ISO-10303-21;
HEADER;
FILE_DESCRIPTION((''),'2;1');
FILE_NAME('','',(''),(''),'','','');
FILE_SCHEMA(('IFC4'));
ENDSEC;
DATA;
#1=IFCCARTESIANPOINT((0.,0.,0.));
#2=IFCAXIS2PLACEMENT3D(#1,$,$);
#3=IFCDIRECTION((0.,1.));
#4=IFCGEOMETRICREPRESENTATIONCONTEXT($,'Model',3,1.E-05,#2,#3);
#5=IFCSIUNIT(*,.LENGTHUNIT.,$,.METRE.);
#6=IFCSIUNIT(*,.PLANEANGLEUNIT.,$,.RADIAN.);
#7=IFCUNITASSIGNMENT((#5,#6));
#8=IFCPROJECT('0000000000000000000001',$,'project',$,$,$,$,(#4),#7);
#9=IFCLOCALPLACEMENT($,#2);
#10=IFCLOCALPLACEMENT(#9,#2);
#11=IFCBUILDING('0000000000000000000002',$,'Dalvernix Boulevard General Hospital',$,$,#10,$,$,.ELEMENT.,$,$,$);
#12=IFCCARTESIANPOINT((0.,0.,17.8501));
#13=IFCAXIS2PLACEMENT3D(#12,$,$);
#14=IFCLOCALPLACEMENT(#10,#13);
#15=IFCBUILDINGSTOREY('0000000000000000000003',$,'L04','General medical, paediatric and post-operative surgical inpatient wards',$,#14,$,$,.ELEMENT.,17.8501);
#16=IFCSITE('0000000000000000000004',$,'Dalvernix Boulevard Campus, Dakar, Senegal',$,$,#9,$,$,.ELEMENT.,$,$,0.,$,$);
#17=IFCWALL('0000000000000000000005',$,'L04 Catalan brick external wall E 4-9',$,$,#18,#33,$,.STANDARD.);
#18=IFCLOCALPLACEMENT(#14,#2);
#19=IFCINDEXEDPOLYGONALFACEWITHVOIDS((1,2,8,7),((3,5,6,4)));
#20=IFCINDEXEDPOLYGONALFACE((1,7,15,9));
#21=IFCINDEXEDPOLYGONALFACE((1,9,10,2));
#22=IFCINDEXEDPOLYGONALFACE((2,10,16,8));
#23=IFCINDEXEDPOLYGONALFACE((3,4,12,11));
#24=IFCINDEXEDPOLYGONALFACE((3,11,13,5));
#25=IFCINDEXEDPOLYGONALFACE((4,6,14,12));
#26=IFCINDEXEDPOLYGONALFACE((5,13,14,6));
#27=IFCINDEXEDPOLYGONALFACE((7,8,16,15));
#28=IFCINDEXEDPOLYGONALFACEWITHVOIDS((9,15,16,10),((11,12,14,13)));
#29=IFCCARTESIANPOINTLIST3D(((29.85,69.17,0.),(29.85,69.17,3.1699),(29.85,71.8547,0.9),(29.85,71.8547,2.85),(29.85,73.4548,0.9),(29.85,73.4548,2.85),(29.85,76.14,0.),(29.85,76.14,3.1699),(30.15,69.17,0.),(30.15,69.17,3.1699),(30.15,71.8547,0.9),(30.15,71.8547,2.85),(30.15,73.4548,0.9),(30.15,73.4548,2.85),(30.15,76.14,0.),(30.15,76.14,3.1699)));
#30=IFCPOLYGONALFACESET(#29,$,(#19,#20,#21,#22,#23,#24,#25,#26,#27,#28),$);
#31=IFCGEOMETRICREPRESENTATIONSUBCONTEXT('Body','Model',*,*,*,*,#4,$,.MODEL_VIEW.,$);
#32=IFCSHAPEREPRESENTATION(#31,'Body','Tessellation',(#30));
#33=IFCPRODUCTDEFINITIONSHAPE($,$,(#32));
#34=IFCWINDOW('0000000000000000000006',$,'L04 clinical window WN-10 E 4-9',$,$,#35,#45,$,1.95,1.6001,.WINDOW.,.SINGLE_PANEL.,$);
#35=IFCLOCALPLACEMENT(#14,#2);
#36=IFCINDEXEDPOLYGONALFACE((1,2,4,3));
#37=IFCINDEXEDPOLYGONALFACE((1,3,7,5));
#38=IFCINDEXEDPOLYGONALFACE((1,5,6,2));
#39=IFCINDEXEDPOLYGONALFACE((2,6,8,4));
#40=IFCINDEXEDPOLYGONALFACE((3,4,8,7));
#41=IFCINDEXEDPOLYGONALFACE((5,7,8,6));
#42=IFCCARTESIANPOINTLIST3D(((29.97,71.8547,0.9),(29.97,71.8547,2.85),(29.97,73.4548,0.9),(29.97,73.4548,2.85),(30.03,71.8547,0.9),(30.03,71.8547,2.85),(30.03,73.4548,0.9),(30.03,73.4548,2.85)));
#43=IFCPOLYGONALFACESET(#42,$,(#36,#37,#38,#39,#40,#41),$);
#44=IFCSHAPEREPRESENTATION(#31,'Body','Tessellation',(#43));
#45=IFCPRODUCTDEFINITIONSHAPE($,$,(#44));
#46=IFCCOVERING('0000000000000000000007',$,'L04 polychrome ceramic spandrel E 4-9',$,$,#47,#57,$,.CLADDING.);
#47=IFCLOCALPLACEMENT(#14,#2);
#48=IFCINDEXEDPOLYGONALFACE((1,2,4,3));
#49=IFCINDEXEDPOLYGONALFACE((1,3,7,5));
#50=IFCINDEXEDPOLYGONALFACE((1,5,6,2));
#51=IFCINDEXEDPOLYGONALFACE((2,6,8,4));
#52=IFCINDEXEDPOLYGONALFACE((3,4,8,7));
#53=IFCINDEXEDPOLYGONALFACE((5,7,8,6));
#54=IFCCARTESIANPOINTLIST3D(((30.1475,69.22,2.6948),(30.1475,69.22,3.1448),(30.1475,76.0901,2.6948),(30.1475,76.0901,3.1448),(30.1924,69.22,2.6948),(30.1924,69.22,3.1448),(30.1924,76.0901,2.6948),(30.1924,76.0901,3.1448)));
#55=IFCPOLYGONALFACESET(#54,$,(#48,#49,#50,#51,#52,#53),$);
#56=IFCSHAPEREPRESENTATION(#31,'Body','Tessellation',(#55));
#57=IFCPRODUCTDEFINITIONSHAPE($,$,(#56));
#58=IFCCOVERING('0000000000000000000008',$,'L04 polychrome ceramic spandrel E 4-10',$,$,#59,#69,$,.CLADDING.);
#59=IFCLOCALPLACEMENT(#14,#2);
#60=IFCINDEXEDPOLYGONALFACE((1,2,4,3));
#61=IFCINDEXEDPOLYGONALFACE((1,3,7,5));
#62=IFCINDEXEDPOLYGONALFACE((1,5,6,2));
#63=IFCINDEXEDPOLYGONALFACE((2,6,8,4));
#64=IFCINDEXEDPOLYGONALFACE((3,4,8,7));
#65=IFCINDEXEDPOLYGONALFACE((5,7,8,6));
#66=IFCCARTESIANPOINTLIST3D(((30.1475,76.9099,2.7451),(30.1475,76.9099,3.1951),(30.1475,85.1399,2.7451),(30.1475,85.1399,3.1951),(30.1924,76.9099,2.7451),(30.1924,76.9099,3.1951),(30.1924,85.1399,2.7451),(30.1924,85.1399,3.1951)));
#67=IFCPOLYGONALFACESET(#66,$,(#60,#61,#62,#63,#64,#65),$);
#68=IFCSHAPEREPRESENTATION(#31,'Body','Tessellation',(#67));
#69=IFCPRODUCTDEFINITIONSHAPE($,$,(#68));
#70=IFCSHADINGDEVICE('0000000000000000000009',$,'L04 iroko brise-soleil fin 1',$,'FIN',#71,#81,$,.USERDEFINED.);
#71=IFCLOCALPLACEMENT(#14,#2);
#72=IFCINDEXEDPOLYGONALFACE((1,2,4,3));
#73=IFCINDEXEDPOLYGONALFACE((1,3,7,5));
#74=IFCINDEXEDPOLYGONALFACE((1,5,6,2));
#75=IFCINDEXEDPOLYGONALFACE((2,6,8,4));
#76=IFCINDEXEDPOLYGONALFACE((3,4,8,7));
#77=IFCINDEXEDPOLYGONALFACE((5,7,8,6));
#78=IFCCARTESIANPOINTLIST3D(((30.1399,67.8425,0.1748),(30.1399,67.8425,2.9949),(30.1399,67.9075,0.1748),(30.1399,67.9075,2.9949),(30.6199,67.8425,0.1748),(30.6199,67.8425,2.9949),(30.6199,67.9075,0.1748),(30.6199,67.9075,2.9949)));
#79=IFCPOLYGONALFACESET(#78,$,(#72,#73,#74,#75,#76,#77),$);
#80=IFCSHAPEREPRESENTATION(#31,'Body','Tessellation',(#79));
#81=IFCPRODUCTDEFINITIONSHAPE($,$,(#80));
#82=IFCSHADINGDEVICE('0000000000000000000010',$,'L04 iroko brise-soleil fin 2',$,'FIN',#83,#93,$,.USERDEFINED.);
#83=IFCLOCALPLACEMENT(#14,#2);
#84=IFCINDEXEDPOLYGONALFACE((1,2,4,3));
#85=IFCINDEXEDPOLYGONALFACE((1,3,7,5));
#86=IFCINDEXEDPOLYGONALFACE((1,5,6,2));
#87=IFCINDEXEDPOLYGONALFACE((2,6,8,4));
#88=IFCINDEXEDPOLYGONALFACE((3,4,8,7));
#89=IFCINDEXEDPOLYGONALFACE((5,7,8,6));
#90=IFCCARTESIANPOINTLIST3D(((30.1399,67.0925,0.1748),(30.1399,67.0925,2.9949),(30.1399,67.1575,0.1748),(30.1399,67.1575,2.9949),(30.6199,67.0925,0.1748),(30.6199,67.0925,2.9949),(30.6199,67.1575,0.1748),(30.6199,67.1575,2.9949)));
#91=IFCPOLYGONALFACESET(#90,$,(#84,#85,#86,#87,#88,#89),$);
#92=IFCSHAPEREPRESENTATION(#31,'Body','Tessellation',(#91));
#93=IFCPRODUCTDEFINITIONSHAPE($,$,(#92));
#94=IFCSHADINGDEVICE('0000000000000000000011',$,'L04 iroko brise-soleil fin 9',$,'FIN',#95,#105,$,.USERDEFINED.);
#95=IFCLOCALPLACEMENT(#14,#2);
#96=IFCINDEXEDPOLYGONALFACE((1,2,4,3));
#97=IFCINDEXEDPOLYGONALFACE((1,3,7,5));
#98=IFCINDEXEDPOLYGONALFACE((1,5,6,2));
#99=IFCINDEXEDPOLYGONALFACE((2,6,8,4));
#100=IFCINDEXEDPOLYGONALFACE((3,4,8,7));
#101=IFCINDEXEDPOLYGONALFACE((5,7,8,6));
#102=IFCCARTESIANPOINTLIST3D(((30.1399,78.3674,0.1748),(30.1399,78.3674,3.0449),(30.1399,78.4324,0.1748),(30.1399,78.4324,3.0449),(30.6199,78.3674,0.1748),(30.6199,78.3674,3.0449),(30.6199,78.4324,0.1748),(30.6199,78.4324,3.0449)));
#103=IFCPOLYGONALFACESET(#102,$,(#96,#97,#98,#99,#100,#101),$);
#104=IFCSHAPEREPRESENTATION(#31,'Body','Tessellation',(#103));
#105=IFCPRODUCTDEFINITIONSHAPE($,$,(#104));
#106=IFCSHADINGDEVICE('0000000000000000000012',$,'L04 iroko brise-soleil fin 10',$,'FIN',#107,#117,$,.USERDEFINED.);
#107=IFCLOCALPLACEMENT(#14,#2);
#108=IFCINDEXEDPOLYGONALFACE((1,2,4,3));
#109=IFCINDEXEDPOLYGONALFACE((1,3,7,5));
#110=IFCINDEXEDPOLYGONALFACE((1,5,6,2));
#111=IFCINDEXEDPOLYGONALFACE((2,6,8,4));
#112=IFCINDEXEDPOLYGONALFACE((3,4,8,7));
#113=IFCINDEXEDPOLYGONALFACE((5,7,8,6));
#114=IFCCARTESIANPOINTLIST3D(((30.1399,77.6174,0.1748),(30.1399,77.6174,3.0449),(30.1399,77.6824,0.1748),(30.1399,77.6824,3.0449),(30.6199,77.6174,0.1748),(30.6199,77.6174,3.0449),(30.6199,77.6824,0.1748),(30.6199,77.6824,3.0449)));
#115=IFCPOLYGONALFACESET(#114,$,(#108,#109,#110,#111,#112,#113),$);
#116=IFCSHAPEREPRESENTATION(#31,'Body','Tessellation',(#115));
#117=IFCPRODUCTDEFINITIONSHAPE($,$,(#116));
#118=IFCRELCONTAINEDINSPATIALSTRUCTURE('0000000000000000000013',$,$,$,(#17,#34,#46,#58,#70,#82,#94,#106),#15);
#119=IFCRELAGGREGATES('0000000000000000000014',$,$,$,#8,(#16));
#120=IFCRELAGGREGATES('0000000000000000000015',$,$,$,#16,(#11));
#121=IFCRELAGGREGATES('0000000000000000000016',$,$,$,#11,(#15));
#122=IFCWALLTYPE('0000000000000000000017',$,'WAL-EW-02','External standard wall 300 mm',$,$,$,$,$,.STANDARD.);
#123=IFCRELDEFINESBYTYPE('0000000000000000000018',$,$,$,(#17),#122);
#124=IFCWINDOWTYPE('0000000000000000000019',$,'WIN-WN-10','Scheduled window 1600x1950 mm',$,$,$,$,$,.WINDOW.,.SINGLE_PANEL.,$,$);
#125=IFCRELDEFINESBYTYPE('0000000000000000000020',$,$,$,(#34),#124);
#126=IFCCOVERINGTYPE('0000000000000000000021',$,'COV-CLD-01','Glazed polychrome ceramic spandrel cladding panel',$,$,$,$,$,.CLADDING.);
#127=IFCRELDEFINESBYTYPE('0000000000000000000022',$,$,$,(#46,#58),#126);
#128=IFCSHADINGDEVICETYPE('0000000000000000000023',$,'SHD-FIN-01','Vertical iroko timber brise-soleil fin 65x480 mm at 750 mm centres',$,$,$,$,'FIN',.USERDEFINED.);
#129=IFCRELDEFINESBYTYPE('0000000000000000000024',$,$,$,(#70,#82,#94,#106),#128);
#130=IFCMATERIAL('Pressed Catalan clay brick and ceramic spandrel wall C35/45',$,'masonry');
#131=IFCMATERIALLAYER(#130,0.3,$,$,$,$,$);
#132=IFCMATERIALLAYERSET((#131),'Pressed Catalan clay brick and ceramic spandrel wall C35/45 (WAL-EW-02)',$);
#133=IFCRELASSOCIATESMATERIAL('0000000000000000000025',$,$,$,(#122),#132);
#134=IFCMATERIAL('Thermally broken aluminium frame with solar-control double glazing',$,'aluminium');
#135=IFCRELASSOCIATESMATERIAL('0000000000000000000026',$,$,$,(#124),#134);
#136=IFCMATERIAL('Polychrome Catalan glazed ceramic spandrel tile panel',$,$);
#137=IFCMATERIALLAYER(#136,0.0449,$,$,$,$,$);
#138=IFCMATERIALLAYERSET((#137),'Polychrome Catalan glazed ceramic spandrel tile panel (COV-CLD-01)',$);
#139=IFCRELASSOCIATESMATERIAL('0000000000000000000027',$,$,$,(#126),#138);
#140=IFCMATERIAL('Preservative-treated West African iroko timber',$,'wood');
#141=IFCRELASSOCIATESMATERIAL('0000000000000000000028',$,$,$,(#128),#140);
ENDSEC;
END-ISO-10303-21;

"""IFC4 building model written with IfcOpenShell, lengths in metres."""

from ifc_helpers import new_model, si_unit, direction, frame, frame_2d, origin, origin_2d, place, context, subcontext, project, spatial, rectangle, extrude, material, layer, layer_set, type_object, element, fill, save


model = new_model("IFC4")

# Units and contexts
model_context = context("Model", 3, precision=1e-05, world=origin(), true_north=direction((0.0, 1.0)))
body_context = subcontext(model_context, "Body", "Model", "MODEL_VIEW")
ifc_project = project(units=[si_unit("LENGTHUNIT", "METRE"), si_unit("PLANEANGLEUNIT", "RADIAN")], contexts=[model_context])

# Site, building, storey
site_placement = place(None, origin())
site = spatial("IfcSite", under=ifc_project, at=site_placement, Name="Dalvernix Boulevard Campus, Dakar, Senegal", CompositionType="ELEMENT", RefElevation=0.0)
building_placement = place(site_placement, origin())
building = spatial("IfcBuilding", under=site, at=building_placement, Name="Dalvernix Boulevard General Hospital", CompositionType="ELEMENT")
storey_placement = place(building_placement, frame((0.0, 0.0, 17.8501)))
storey = spatial("IfcBuildingStorey", under=building, at=storey_placement, Name="L04", Description="General medical, paediatric and post-operative surgical inpatient wards", CompositionType="ELEMENT", Elevation=17.8501)

# Wall, opening, window
ifc_material_1 = material(Name="Pressed Catalan clay brick and ceramic spandrel wall C35/45", Category="masonry")
ifc_layer_1 = layer(ifc_material_1, 0.3)
ifc_layer_set_1 = layer_set([ifc_layer_1], Name="Pressed Catalan clay brick and ceramic spandrel wall C35/45 (WAL-EW-02)")
wall_type = type_object("IfcWallType", Name="WAL-EW-02", Description="External standard wall 300 mm", PredefinedType="STANDARD", material=ifc_layer_set_1)
ifc_material_2 = material(Name="Thermally broken aluminium frame with solar-control double glazing", Category="aluminium")
wall_1_placement = place(storey_placement, frame((30.0, 76.1399, 0.0), z_axis=(0.0, 0.0, 1.0), x_axis=(0.0, -1.0, 0.0)))
wall_1 = element("IfcWall", 1, at=wall_1_placement, inside=storey, type_object=wall_type, Name="L04 Catalan brick external wall E 4-9", PredefinedType="STANDARD", context=body_context, shape_type="SweptSolid", body=[
    extrude(rectangle(XDim=6.97, YDim=0.3, at=frame_2d((3.4849, 0.0))), origin(), (0.0, 0.0, 1.0), 3.1699),
])
opening_1_placement = place(wall_1_placement, frame((2.6851, 0.0, 0.8999)))
opening_1 = element("IfcOpeningElement", 2, at=opening_1_placement, cuts=wall_1, PredefinedType="OPENING", context=body_context, shape_type="SweptSolid", body=[
    extrude(rectangle(XDim=1.6001, YDim=1.95, at=frame_2d((0.8, 0.9751))), frame((0.0, 0.1599, 0.0), z_axis=(0.0, -1.0, 0.0), x_axis=(1.0, 0.0, 0.0)), (0.0, 0.0, 1.0), 0.3201),
])
window_type_1 = type_object("IfcWindowType", Name="WIN-WN-10", Description="Scheduled window 1600x1950 mm", PartitioningType="SINGLE_PANEL", PredefinedType="WINDOW", material=ifc_material_2)
window_1_placement = place(opening_1_placement, origin())
window_1 = element("IfcWindow", 3, at=window_1_placement, inside=storey, type_object=window_type_1, Name="L04 clinical window WN-10 E 4-9", OverallHeight=1.95, OverallWidth=1.6001, PartitioningType="SINGLE_PANEL", PredefinedType="WINDOW", context=body_context, shape_type="SweptSolid", body=[
    extrude(rectangle(XDim=1.6001, YDim=1.95, at=frame_2d((0.8, 0.9751))), frame((0.0, 0.03, 0.0), z_axis=(0.0, -1.0, 0.0), x_axis=(1.0, 0.0, 0.0)), (0.0, 0.0, 1.0), 0.0601),
])
fill(opening_1, window_1)

# Coverings
ifc_material_3 = material(Name="Polychrome Catalan glazed ceramic spandrel tile panel")
ifc_layer_2 = layer(ifc_material_3, 0.0449)
ifc_layer_set_2 = layer_set([ifc_layer_2], Name="Polychrome Catalan glazed ceramic spandrel tile panel (COV-CLD-01)")
covering_type = type_object("IfcCoveringType", Name="COV-CLD-01", Description="Glazed polychrome ceramic spandrel cladding panel", PredefinedType="CLADDING", material=ifc_layer_set_2)
covering_1_placement = place(storey_placement, frame((30.1699, 72.655, 2.6948), z_axis=(0.0, 0.0, 1.0), x_axis=(0.0, -1.0, 0.0)))
element("IfcCovering", 4, at=covering_1_placement, inside=storey, type_object=covering_type, Name="L04 polychrome ceramic spandrel E 4-9", PredefinedType="CLADDING", context=body_context, shape_type="SweptSolid", body=[
    extrude(rectangle(XDim=6.8701, YDim=0.0449, at=origin_2d()), origin(), (0.0, 0.0, 1.0), 0.45),
])
covering_2_placement = place(storey_placement, frame((30.1699, 81.0249, 2.7451), z_axis=(0.0, 0.0, 1.0), x_axis=(0.0, -1.0, 0.0)))
element("IfcCovering", 5, at=covering_2_placement, inside=storey, type_object=covering_type, Name="L04 polychrome ceramic spandrel E 4-10", PredefinedType="CLADDING", context=body_context, shape_type="SweptSolid", body=[
    extrude(rectangle(XDim=8.23, YDim=0.0449, at=origin_2d()), origin(), (0.0, 0.0, 1.0), 0.45),
])

# Shading devices
ifc_material_4 = material(Name="Preservative-treated West African iroko timber", Category="wood")
shading_device_type = type_object("IfcShadingDeviceType", Name="SHD-FIN-01", Description="Vertical iroko timber brise-soleil fin 65x480 mm at 750 mm centres", ElementType="FIN", PredefinedType="USERDEFINED", material=ifc_material_4)
for number, where, z_axis, x_axis, name in (
    (6, (30.3799, 67.875, 0.1748), (0.0, 0.0, 1.0), (0.0, -1.0, 0.0), "L04 iroko brise-soleil fin 1"),
    (7, (30.3799, 67.125, 0.1748), (0.0, 0.0, 1.0), (0.0, -1.0, 0.0), "L04 iroko brise-soleil fin 2"),
):
    element("IfcShadingDevice", number, at=place(storey_placement, frame(where, z_axis=z_axis, x_axis=x_axis)), inside=storey, type_object=shading_device_type, Name=name, ObjectType="FIN", PredefinedType="USERDEFINED", context=body_context, shape_type="SweptSolid", body=[
        extrude(rectangle(XDim=0.0649, YDim=0.48, at=origin_2d()), origin(), (0.0, 0.0, 1.0), 2.8201),
    ])
for number, where, z_axis, x_axis, name in (
    (8, (30.3799, 78.3999, 0.1748), (0.0, 0.0, 1.0), (0.0, -1.0, 0.0), "L04 iroko brise-soleil fin 9"),
    (9, (30.3799, 77.6499, 0.1748), (0.0, 0.0, 1.0), (0.0, -1.0, 0.0), "L04 iroko brise-soleil fin 10"),
):
    element("IfcShadingDevice", number, at=place(storey_placement, frame(where, z_axis=z_axis, x_axis=x_axis)), inside=storey, type_object=shading_device_type, Name=name, ObjectType="FIN", PredefinedType="USERDEFINED", context=body_context, shape_type="SweptSolid", body=[
        extrude(rectangle(XDim=0.0649, YDim=0.48, at=origin_2d()), origin(), (0.0, 0.0, 1.0), 2.8701),
    ])

save(model, "model.ifc")
